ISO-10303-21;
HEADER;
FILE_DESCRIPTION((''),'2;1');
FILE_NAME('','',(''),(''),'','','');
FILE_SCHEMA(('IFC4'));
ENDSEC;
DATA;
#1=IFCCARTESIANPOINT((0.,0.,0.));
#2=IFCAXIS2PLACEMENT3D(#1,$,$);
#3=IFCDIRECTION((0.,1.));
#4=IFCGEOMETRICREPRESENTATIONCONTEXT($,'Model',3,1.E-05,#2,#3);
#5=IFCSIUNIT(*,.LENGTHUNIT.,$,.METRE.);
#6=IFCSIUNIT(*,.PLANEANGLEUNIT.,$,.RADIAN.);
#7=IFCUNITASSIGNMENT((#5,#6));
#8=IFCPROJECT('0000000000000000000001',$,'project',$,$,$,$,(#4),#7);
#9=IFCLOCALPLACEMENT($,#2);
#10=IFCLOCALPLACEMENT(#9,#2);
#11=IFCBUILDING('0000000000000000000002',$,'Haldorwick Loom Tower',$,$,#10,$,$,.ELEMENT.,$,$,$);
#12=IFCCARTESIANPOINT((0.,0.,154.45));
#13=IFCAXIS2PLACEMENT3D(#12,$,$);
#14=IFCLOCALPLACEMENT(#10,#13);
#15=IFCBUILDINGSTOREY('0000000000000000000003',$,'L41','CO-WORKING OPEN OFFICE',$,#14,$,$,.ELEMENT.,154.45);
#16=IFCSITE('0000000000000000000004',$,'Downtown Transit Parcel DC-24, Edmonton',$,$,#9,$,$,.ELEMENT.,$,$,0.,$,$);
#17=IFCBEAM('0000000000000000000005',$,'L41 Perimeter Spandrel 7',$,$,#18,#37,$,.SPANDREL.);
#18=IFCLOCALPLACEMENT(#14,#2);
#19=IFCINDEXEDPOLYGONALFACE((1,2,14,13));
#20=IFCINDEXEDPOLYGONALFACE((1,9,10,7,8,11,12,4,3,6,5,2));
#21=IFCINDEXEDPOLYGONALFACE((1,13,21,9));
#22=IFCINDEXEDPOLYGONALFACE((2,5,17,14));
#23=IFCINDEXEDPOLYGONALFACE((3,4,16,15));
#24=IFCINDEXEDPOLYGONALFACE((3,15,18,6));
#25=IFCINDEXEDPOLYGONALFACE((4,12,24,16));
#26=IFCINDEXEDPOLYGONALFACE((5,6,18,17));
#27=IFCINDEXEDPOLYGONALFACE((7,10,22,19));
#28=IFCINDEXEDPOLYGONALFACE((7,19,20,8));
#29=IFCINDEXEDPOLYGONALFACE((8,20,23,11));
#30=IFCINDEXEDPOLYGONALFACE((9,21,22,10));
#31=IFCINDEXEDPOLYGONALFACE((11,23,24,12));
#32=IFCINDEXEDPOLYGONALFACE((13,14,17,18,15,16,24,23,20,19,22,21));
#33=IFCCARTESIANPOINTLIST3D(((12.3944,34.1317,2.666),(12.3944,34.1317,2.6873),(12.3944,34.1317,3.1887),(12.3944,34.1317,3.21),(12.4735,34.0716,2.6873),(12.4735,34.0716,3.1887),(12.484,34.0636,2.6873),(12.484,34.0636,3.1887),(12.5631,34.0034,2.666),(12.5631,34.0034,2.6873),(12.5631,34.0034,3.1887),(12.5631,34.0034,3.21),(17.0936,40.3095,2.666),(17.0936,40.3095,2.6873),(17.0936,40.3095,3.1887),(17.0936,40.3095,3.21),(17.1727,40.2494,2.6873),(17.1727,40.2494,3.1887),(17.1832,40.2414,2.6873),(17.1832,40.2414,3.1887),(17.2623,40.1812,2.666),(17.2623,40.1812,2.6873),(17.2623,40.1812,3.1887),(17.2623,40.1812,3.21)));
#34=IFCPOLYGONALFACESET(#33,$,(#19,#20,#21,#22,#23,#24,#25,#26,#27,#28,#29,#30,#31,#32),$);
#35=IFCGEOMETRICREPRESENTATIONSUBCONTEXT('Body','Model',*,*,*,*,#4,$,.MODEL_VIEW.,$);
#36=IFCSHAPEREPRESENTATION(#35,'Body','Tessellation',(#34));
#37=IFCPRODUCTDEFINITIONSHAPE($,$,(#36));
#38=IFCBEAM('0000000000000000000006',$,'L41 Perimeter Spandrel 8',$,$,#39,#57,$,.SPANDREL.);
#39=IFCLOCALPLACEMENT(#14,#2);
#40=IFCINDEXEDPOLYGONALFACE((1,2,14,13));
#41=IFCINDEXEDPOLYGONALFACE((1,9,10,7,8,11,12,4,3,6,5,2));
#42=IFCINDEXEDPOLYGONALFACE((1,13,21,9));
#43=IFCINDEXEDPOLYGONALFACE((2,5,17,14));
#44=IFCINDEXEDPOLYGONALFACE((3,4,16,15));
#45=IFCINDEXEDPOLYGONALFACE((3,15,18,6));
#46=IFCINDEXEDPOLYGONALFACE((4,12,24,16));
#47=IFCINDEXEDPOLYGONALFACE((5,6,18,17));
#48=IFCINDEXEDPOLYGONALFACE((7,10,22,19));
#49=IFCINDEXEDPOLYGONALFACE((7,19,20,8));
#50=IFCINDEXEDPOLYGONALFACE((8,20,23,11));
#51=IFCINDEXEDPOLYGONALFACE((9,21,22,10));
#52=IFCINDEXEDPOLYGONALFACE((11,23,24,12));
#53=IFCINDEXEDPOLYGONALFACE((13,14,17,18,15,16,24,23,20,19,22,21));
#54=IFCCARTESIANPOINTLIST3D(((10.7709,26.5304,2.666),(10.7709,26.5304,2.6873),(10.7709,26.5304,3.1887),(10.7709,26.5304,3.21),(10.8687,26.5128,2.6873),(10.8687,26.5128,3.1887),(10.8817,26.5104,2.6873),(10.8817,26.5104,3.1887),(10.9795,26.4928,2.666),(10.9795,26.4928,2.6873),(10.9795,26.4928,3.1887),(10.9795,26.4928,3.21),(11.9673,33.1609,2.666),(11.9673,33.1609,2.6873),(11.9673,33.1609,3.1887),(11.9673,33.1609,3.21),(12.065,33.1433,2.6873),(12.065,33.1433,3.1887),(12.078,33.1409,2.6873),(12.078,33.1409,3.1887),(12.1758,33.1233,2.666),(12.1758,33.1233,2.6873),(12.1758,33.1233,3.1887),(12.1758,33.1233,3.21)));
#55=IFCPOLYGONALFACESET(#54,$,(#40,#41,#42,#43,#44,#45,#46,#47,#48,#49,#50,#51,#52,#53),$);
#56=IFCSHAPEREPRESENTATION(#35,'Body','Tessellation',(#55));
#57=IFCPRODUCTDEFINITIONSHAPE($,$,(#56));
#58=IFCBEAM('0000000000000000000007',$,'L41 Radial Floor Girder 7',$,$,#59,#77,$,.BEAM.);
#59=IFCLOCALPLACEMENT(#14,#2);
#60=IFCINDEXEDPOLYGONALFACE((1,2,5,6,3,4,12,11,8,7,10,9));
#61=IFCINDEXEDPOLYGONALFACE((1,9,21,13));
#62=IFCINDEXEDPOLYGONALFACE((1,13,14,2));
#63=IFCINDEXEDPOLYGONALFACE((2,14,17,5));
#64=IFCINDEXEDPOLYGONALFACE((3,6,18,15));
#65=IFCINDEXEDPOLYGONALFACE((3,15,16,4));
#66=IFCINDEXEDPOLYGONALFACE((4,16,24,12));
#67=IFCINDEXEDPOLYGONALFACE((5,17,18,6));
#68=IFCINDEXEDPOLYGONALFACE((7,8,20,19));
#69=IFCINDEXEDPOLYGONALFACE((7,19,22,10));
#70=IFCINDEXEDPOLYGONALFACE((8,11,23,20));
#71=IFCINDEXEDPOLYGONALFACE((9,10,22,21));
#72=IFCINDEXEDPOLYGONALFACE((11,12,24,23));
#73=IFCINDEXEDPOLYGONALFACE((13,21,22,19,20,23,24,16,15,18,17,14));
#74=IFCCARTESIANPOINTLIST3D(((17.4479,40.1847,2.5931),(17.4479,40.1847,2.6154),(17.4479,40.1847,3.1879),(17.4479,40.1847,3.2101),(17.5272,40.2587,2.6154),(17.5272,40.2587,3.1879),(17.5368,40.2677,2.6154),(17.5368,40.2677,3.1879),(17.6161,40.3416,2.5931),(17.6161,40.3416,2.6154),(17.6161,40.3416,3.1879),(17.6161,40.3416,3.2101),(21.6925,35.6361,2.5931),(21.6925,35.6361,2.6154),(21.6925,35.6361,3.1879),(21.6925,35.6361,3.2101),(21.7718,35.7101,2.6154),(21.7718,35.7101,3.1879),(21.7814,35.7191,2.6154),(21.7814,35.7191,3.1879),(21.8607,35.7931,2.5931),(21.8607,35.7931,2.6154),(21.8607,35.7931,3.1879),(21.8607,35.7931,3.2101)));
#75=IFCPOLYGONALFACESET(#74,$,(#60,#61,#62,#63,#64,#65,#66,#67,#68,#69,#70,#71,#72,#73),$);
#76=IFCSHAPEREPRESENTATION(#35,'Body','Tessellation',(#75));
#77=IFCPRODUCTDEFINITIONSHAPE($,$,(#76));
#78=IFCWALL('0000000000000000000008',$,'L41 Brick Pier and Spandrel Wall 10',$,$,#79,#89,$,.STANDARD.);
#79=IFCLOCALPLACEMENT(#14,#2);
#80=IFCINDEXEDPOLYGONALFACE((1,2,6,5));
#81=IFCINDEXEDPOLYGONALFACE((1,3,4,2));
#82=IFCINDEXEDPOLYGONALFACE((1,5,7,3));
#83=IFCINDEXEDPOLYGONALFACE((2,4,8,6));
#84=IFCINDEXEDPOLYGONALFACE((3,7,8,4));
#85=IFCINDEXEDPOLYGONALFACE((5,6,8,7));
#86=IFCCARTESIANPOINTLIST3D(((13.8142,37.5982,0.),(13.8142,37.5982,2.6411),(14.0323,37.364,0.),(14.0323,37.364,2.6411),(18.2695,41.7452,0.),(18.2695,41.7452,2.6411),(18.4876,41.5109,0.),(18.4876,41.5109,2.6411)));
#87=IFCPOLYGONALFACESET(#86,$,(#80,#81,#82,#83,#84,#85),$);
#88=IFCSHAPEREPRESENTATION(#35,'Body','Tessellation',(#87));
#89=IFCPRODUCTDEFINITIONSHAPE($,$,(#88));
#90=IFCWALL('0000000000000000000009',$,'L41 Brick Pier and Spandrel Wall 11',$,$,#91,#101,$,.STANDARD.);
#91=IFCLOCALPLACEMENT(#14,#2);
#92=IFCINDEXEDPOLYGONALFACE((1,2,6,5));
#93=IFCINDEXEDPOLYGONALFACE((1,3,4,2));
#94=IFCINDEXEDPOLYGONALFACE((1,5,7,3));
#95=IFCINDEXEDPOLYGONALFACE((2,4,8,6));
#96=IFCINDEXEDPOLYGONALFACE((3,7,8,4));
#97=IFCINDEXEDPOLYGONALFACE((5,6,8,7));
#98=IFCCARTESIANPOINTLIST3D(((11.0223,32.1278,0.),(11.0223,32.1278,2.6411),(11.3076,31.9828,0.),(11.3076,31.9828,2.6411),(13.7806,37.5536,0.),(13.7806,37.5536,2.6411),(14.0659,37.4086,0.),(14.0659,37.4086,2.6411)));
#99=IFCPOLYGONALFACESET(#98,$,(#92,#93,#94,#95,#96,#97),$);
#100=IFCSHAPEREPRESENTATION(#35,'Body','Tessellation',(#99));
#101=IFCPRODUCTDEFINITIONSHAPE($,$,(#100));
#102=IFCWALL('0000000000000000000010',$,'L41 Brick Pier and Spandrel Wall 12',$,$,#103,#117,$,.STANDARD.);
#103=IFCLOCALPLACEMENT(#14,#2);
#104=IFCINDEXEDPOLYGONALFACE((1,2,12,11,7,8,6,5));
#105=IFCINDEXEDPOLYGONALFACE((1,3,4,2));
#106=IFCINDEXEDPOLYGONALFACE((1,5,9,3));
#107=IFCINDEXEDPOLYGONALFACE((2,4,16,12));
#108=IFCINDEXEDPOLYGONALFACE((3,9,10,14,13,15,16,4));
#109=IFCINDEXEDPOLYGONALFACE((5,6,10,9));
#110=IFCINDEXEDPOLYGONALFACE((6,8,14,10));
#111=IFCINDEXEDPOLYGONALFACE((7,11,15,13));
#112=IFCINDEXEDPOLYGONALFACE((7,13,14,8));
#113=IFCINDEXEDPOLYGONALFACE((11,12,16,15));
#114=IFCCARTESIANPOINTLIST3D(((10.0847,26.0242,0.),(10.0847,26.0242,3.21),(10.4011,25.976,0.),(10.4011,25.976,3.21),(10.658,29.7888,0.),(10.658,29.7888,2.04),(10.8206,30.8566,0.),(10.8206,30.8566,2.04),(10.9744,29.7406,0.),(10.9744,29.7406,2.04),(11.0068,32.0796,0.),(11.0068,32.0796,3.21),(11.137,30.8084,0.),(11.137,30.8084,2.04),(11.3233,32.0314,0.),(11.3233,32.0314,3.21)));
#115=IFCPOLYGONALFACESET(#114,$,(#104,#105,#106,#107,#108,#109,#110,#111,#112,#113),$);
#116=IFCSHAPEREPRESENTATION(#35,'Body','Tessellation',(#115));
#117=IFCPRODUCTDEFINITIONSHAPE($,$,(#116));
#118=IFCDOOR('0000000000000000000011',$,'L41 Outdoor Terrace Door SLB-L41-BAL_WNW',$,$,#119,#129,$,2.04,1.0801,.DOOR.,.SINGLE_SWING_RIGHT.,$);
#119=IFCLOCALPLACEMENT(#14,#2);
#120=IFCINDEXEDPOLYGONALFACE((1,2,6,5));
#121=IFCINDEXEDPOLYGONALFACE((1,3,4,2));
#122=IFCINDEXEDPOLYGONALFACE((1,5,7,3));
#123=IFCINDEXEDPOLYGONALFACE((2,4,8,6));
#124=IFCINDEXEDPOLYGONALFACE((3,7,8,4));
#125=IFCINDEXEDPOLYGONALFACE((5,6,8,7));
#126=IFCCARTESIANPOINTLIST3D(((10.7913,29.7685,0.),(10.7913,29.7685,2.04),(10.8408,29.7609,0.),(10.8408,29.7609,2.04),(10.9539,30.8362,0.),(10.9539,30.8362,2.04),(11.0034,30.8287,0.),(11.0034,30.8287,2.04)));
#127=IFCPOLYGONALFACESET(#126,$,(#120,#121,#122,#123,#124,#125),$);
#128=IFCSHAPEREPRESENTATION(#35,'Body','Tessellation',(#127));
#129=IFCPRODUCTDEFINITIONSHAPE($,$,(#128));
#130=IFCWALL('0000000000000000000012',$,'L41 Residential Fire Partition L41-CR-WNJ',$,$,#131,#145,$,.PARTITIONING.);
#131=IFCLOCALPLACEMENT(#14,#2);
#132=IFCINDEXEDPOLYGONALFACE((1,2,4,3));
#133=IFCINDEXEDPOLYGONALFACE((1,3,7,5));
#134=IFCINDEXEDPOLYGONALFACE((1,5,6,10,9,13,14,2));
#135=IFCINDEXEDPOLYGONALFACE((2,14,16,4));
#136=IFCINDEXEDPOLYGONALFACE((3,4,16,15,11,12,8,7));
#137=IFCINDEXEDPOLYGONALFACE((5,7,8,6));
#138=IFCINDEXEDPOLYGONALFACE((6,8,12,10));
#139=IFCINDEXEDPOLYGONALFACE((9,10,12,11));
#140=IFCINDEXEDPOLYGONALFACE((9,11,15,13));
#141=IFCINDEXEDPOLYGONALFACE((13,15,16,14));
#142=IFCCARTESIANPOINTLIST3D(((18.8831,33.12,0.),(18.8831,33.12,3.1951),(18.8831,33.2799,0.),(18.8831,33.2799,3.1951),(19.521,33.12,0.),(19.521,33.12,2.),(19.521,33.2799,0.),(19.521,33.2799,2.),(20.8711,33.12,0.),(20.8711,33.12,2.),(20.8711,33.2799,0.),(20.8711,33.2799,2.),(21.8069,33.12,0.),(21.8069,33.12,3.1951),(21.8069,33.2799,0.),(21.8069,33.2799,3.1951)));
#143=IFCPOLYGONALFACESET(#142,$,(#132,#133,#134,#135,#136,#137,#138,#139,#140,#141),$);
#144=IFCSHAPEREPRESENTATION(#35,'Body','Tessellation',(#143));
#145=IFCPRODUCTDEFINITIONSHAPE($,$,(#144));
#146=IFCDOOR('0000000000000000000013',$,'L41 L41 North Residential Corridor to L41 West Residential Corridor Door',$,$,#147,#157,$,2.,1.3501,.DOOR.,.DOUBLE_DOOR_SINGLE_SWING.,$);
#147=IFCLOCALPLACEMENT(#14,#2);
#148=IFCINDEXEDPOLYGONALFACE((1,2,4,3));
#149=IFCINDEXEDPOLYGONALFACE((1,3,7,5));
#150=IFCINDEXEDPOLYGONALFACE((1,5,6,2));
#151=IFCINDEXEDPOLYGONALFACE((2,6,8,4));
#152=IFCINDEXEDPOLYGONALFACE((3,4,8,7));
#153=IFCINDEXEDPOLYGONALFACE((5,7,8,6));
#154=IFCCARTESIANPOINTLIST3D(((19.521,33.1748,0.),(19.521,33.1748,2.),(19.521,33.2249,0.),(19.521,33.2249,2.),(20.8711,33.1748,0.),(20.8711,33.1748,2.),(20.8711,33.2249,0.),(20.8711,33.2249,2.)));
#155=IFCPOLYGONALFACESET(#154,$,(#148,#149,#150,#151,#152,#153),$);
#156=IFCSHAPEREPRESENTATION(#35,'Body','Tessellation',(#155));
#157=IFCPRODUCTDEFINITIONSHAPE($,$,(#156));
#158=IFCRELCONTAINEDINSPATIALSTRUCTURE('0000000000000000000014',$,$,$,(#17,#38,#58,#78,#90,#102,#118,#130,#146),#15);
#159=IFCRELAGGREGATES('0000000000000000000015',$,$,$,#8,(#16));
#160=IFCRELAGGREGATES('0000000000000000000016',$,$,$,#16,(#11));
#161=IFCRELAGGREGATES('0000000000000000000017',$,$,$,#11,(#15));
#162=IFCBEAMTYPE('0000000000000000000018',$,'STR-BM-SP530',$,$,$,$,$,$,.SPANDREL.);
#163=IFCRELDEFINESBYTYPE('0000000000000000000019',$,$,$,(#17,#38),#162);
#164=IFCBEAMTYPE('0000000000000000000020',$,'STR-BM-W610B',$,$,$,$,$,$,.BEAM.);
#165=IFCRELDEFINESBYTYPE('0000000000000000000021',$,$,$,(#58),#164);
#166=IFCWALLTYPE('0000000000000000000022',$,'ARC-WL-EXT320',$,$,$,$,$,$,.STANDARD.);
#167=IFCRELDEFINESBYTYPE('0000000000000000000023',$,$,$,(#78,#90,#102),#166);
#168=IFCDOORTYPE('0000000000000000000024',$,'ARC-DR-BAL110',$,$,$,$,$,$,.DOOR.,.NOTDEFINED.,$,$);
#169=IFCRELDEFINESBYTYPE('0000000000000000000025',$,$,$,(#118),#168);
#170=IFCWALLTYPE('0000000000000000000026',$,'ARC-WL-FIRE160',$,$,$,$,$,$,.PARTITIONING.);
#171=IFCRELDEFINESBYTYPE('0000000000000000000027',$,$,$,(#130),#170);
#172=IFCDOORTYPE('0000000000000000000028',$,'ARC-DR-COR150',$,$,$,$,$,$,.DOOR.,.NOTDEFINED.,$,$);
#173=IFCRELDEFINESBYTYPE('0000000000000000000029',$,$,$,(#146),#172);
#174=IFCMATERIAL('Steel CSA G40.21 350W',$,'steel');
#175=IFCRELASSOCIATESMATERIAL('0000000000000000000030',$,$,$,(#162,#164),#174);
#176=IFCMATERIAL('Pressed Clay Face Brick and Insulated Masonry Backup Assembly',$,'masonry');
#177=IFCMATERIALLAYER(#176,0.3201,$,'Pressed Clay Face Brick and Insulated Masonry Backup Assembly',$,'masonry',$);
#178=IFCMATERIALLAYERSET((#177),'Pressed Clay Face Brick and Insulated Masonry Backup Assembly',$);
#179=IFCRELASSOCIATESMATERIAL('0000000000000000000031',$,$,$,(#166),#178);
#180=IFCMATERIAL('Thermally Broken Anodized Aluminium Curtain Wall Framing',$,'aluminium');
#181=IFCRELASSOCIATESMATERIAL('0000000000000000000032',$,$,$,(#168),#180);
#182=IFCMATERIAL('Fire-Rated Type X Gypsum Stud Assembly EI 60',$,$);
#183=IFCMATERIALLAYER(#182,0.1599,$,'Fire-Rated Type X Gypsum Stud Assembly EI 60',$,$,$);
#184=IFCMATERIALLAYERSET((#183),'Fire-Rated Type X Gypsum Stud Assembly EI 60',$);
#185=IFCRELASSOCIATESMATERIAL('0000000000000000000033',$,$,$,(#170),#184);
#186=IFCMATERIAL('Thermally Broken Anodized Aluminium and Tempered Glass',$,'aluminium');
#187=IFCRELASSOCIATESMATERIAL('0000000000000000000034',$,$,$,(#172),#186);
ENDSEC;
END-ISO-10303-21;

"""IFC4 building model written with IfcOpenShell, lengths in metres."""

from ifc_helpers import new_model, si_unit, direction, frame, frame_2d, origin, origin_2d, place, context, subcontext, project, spatial, rectangle, i_section, extrude, material, layer, layer_set, material_profile, profile_set, type_object, element, fill, save


model = new_model("IFC4")

# Units and contexts
model_context = context("Model", 3, precision=1e-05, world=origin(), true_north=direction((0.0, 1.0)))
body_context = subcontext(model_context, "Body", "Model", "MODEL_VIEW")
ifc_project = project(units=[si_unit("LENGTHUNIT", "METRE"), si_unit("PLANEANGLEUNIT", "RADIAN")], contexts=[model_context])

# Site, building, storey
site_placement = place(None, origin())
site = spatial("IfcSite", under=ifc_project, at=site_placement, Name="Downtown Transit Parcel DC-24, Edmonton", CompositionType="ELEMENT", RefElevation=0.0)
building_placement = place(site_placement, origin())
building = spatial("IfcBuilding", under=site, at=building_placement, Name="Haldorwick Loom Tower", CompositionType="ELEMENT")
storey_placement = place(building_placement, frame((0.0, 0.0, 154.45)))
storey = spatial("IfcBuildingStorey", under=building, at=storey_placement, Name="L41", Description="CO-WORKING OPEN OFFICE", CompositionType="ELEMENT", Elevation=154.45)

# Beams
ifc_material_1 = material(Name="Steel CSA G40.21 350W", Category="steel")
ifc_material_profile_1 = material_profile(ifc_material_1, i_section(OverallWidth=0.2119, OverallDepth=0.5439, WebThickness=0.0132, FlangeThickness=0.0212, at=origin_2d()), Name="W530X123", Category="steel")
ifc_profile_set_1 = profile_set([ifc_material_profile_1], Name="Steel CSA G40.21 350W")
beam_type_1 = type_object("IfcBeamType", Name="STR-BM-SP530", PredefinedType="SPANDREL", material=ifc_profile_set_1)
beam_1_placement = place(storey_placement, frame((17.178, 40.2454, 2.938), z_axis=(-0.605421, -0.795905, 0.0), x_axis=(0.795905, -0.605421, 0.0)))
element("IfcBeam", 1, at=beam_1_placement, inside=storey, type_object=beam_type_1, Name="L41 Perimeter Spandrel 7", PredefinedType="SPANDREL", context=body_context, shape_type="SweptSolid", body=[
    extrude(i_section(OverallWidth=0.2119, OverallDepth=0.5439, WebThickness=0.0132, FlangeThickness=0.0212, at=origin_2d()), origin(), (0.0, 0.0, 1.0), 7.762),
])
beam_2_placement = place(storey_placement, frame((12.0715, 33.1421, 2.938), z_axis=(-0.177559, -0.98411, 0.0), x_axis=(0.98411, -0.177559, 0.0)))
element("IfcBeam", 2, at=beam_2_placement, inside=storey, type_object=beam_type_1, Name="L41 Perimeter Spandrel 8", PredefinedType="SPANDREL", context=body_context, shape_type="SweptSolid", body=[
    extrude(i_section(OverallWidth=0.2119, OverallDepth=0.5439, WebThickness=0.0132, FlangeThickness=0.0212, at=origin_2d()), origin(), (0.0, 0.0, 1.0), 6.7375),
])
ifc_material_profile_2 = material_profile(ifc_material_1, i_section(OverallWidth=0.23, OverallDepth=0.6169, WebThickness=0.0132, FlangeThickness=0.0222, at=origin_2d()), Name="W610X140", Category="steel")
ifc_profile_set_2 = profile_set([ifc_material_profile_2], Name="Steel CSA G40.21 350W")
beam_type_2 = type_object("IfcBeamType", Name="STR-BM-W610B", PredefinedType="BEAM", material=ifc_profile_set_2)
beam_3_placement = place(storey_placement, frame((21.7766, 35.7146, 2.9016), z_axis=(-0.682257, 0.731113, 0.0), x_axis=(-0.731113, -0.682257, 0.0)))
element("IfcBeam", 3, at=beam_3_placement, inside=storey, type_object=beam_type_2, Name="L41 Radial Floor Girder 7", PredefinedType="BEAM", context=body_context, shape_type="SweptSolid", body=[
    extrude(i_section(OverallWidth=0.23, OverallDepth=0.6169, WebThickness=0.0132, FlangeThickness=0.0222, at=origin_2d()), origin(), (0.0, 0.0, 1.0), 6.2214),
])

# Walls
ifc_material_2 = material(Name="Pressed Clay Face Brick and Insulated Masonry Backup Assembly", Category="masonry")
ifc_layer_1 = layer(ifc_material_2, 0.3201, Name="Pressed Clay Face Brick and Insulated Masonry Backup Assembly", Category="masonry")
ifc_layer_set_1 = layer_set([ifc_layer_1], Name="Pressed Clay Face Brick and Insulated Masonry Backup Assembly")
wall_type_1 = type_object("IfcWallType", Name="ARC-WL-EXT320", PredefinedType="STANDARD", material=ifc_layer_set_1)
for number, where, z_axis, x_axis, name in (
    (4, (18.3787, 41.6282, 0.0), (0.0, 0.0, 1.0), (-0.731983, -0.681323, 0.0), "L41 Brick Pier and Spandrel Wall 10"),
    (5, (13.9233, 37.4812, 0.0), (0.0, 0.0, 1.0), (-0.453172, -0.891423, 0.0), "L41 Brick Pier and Spandrel Wall 11"),
):
    element("IfcWall", number, at=place(storey_placement, frame(where, z_axis=z_axis, x_axis=x_axis)), inside=storey, type_object=wall_type_1, Name=name, PredefinedType="STANDARD", context=body_context, shape_type="SweptSolid", body=[
        extrude(rectangle(XDim=6.0867, YDim=0.3201, at=frame_2d((3.0435, 0.0))), origin(), (0.0, 0.0, 1.0), 2.6411),
    ])

# Walls, openings, doors
wall_1_placement = place(storey_placement, frame((11.165, 32.0554, 0.0), z_axis=(0.0, 0.0, 1.0), x_axis=(-0.150544, -0.988603, 0.0)))
wall_1 = element("IfcWall", 6, at=wall_1_placement, inside=storey, type_object=wall_type_1, Name="L41 Brick Pier and Spandrel Wall 12", PredefinedType="STANDARD", context=body_context, shape_type="SweptSolid", body=[
    extrude(rectangle(XDim=6.1252, YDim=0.3201, at=frame_2d((3.0625, 0.0))), origin(), (0.0, 0.0, 1.0), 3.21),
])
opening_1_placement = place(wall_1_placement, frame((1.2371, 0.0, 0.0)))
opening_1 = element("IfcOpeningElement", 7, at=opening_1_placement, cuts=wall_1, PredefinedType="OPENING", context=body_context, shape_type="SweptSolid", body=[
    extrude(rectangle(XDim=1.0801, YDim=2.04, at=frame_2d((0.54, 1.02))), frame((0.0, 0.1699, 0.0), z_axis=(0.0, -1.0, 0.0), x_axis=(1.0, 0.0, 0.0)), (0.0, 0.0, 1.0), 0.3401),
])
ifc_material_3 = material(Name="Thermally Broken Anodized Aluminium Curtain Wall Framing", Category="aluminium")
door_type_1 = type_object("IfcDoorType", Name="ARC-DR-BAL110", OperationType="NOTDEFINED", PredefinedType="DOOR", material=ifc_material_3)
door_1_placement = place(opening_1_placement, origin())
door_1 = element("IfcDoor", 8, at=door_1_placement, inside=storey, type_object=door_type_1, Name="L41 Outdoor Terrace Door SLB-L41-BAL_WNW", OperationType="SINGLE_SWING_RIGHT", OverallHeight=2.04, OverallWidth=1.0801, PredefinedType="DOOR", context=body_context, shape_type="SweptSolid", body=[
    extrude(rectangle(XDim=1.0801, YDim=2.04, at=frame_2d((0.54, 1.02))), frame((0.0, 0.0249, 0.0), z_axis=(0.0, -1.0, 0.0), x_axis=(1.0, 0.0, 0.0)), (0.0, 0.0, 1.0), 0.05),
])
fill(opening_1, door_1)
ifc_material_4 = material(Name="Fire-Rated Type X Gypsum Stud Assembly EI 60")
ifc_layer_2 = layer(ifc_material_4, 0.1599, Name="Fire-Rated Type X Gypsum Stud Assembly EI 60")
ifc_layer_set_2 = layer_set([ifc_layer_2], Name="Fire-Rated Type X Gypsum Stud Assembly EI 60")
wall_type_2 = type_object("IfcWallType", Name="ARC-WL-FIRE160", PredefinedType="PARTITIONING", material=ifc_layer_set_2)
wall_2_placement = place(storey_placement, frame((18.8831, 33.2, 0.0), z_axis=(0.0, 0.0, 1.0), x_axis=(1.0, 0.0, 0.0)))
wall_2 = element("IfcWall", 9, at=wall_2_placement, inside=storey, type_object=wall_type_2, Name="L41 Residential Fire Partition L41-CR-WNJ", PredefinedType="PARTITIONING", context=body_context, shape_type="SweptSolid", body=[
    extrude(rectangle(XDim=2.9238, YDim=0.1599, at=frame_2d((1.4619, 0.0))), origin(), (0.0, 0.0, 1.0), 3.1951),
])
opening_2_placement = place(wall_2_placement, frame((0.6379, 0.0, 0.0)))
opening_2 = element("IfcOpeningElement", 10, at=opening_2_placement, cuts=wall_2, PredefinedType="OPENING", context=body_context, shape_type="SweptSolid", body=[
    extrude(rectangle(XDim=1.3501, YDim=2.0, at=frame_2d((0.675, 1.0))), frame((0.0, 0.0898, 0.0), z_axis=(0.0, -1.0, 0.0), x_axis=(1.0, 0.0, 0.0)), (0.0, 0.0, 1.0), 0.1799),
])
ifc_material_5 = material(Name="Thermally Broken Anodized Aluminium and Tempered Glass", Category="aluminium")
door_type_2 = type_object("IfcDoorType", Name="ARC-DR-COR150", OperationType="NOTDEFINED", PredefinedType="DOOR", material=ifc_material_5)
door_2_placement = place(opening_2_placement, origin())
door_2 = element("IfcDoor", 11, at=door_2_placement, inside=storey, type_object=door_type_2, Name="L41 L41 North Residential Corridor to L41 West Residential Corridor Door", OperationType="DOUBLE_DOOR_SINGLE_SWING", OverallHeight=2.0, OverallWidth=1.3501, PredefinedType="DOOR", context=body_context, shape_type="SweptSolid", body=[
    extrude(rectangle(XDim=1.3501, YDim=2.0, at=frame_2d((0.675, 1.0))), frame((0.0, 0.0249, 0.0), z_axis=(0.0, -1.0, 0.0), x_axis=(1.0, 0.0, 0.0)), (0.0, 0.0, 1.0), 0.05),
])
fill(opening_2, door_2)

save(model, "model.ifc")
